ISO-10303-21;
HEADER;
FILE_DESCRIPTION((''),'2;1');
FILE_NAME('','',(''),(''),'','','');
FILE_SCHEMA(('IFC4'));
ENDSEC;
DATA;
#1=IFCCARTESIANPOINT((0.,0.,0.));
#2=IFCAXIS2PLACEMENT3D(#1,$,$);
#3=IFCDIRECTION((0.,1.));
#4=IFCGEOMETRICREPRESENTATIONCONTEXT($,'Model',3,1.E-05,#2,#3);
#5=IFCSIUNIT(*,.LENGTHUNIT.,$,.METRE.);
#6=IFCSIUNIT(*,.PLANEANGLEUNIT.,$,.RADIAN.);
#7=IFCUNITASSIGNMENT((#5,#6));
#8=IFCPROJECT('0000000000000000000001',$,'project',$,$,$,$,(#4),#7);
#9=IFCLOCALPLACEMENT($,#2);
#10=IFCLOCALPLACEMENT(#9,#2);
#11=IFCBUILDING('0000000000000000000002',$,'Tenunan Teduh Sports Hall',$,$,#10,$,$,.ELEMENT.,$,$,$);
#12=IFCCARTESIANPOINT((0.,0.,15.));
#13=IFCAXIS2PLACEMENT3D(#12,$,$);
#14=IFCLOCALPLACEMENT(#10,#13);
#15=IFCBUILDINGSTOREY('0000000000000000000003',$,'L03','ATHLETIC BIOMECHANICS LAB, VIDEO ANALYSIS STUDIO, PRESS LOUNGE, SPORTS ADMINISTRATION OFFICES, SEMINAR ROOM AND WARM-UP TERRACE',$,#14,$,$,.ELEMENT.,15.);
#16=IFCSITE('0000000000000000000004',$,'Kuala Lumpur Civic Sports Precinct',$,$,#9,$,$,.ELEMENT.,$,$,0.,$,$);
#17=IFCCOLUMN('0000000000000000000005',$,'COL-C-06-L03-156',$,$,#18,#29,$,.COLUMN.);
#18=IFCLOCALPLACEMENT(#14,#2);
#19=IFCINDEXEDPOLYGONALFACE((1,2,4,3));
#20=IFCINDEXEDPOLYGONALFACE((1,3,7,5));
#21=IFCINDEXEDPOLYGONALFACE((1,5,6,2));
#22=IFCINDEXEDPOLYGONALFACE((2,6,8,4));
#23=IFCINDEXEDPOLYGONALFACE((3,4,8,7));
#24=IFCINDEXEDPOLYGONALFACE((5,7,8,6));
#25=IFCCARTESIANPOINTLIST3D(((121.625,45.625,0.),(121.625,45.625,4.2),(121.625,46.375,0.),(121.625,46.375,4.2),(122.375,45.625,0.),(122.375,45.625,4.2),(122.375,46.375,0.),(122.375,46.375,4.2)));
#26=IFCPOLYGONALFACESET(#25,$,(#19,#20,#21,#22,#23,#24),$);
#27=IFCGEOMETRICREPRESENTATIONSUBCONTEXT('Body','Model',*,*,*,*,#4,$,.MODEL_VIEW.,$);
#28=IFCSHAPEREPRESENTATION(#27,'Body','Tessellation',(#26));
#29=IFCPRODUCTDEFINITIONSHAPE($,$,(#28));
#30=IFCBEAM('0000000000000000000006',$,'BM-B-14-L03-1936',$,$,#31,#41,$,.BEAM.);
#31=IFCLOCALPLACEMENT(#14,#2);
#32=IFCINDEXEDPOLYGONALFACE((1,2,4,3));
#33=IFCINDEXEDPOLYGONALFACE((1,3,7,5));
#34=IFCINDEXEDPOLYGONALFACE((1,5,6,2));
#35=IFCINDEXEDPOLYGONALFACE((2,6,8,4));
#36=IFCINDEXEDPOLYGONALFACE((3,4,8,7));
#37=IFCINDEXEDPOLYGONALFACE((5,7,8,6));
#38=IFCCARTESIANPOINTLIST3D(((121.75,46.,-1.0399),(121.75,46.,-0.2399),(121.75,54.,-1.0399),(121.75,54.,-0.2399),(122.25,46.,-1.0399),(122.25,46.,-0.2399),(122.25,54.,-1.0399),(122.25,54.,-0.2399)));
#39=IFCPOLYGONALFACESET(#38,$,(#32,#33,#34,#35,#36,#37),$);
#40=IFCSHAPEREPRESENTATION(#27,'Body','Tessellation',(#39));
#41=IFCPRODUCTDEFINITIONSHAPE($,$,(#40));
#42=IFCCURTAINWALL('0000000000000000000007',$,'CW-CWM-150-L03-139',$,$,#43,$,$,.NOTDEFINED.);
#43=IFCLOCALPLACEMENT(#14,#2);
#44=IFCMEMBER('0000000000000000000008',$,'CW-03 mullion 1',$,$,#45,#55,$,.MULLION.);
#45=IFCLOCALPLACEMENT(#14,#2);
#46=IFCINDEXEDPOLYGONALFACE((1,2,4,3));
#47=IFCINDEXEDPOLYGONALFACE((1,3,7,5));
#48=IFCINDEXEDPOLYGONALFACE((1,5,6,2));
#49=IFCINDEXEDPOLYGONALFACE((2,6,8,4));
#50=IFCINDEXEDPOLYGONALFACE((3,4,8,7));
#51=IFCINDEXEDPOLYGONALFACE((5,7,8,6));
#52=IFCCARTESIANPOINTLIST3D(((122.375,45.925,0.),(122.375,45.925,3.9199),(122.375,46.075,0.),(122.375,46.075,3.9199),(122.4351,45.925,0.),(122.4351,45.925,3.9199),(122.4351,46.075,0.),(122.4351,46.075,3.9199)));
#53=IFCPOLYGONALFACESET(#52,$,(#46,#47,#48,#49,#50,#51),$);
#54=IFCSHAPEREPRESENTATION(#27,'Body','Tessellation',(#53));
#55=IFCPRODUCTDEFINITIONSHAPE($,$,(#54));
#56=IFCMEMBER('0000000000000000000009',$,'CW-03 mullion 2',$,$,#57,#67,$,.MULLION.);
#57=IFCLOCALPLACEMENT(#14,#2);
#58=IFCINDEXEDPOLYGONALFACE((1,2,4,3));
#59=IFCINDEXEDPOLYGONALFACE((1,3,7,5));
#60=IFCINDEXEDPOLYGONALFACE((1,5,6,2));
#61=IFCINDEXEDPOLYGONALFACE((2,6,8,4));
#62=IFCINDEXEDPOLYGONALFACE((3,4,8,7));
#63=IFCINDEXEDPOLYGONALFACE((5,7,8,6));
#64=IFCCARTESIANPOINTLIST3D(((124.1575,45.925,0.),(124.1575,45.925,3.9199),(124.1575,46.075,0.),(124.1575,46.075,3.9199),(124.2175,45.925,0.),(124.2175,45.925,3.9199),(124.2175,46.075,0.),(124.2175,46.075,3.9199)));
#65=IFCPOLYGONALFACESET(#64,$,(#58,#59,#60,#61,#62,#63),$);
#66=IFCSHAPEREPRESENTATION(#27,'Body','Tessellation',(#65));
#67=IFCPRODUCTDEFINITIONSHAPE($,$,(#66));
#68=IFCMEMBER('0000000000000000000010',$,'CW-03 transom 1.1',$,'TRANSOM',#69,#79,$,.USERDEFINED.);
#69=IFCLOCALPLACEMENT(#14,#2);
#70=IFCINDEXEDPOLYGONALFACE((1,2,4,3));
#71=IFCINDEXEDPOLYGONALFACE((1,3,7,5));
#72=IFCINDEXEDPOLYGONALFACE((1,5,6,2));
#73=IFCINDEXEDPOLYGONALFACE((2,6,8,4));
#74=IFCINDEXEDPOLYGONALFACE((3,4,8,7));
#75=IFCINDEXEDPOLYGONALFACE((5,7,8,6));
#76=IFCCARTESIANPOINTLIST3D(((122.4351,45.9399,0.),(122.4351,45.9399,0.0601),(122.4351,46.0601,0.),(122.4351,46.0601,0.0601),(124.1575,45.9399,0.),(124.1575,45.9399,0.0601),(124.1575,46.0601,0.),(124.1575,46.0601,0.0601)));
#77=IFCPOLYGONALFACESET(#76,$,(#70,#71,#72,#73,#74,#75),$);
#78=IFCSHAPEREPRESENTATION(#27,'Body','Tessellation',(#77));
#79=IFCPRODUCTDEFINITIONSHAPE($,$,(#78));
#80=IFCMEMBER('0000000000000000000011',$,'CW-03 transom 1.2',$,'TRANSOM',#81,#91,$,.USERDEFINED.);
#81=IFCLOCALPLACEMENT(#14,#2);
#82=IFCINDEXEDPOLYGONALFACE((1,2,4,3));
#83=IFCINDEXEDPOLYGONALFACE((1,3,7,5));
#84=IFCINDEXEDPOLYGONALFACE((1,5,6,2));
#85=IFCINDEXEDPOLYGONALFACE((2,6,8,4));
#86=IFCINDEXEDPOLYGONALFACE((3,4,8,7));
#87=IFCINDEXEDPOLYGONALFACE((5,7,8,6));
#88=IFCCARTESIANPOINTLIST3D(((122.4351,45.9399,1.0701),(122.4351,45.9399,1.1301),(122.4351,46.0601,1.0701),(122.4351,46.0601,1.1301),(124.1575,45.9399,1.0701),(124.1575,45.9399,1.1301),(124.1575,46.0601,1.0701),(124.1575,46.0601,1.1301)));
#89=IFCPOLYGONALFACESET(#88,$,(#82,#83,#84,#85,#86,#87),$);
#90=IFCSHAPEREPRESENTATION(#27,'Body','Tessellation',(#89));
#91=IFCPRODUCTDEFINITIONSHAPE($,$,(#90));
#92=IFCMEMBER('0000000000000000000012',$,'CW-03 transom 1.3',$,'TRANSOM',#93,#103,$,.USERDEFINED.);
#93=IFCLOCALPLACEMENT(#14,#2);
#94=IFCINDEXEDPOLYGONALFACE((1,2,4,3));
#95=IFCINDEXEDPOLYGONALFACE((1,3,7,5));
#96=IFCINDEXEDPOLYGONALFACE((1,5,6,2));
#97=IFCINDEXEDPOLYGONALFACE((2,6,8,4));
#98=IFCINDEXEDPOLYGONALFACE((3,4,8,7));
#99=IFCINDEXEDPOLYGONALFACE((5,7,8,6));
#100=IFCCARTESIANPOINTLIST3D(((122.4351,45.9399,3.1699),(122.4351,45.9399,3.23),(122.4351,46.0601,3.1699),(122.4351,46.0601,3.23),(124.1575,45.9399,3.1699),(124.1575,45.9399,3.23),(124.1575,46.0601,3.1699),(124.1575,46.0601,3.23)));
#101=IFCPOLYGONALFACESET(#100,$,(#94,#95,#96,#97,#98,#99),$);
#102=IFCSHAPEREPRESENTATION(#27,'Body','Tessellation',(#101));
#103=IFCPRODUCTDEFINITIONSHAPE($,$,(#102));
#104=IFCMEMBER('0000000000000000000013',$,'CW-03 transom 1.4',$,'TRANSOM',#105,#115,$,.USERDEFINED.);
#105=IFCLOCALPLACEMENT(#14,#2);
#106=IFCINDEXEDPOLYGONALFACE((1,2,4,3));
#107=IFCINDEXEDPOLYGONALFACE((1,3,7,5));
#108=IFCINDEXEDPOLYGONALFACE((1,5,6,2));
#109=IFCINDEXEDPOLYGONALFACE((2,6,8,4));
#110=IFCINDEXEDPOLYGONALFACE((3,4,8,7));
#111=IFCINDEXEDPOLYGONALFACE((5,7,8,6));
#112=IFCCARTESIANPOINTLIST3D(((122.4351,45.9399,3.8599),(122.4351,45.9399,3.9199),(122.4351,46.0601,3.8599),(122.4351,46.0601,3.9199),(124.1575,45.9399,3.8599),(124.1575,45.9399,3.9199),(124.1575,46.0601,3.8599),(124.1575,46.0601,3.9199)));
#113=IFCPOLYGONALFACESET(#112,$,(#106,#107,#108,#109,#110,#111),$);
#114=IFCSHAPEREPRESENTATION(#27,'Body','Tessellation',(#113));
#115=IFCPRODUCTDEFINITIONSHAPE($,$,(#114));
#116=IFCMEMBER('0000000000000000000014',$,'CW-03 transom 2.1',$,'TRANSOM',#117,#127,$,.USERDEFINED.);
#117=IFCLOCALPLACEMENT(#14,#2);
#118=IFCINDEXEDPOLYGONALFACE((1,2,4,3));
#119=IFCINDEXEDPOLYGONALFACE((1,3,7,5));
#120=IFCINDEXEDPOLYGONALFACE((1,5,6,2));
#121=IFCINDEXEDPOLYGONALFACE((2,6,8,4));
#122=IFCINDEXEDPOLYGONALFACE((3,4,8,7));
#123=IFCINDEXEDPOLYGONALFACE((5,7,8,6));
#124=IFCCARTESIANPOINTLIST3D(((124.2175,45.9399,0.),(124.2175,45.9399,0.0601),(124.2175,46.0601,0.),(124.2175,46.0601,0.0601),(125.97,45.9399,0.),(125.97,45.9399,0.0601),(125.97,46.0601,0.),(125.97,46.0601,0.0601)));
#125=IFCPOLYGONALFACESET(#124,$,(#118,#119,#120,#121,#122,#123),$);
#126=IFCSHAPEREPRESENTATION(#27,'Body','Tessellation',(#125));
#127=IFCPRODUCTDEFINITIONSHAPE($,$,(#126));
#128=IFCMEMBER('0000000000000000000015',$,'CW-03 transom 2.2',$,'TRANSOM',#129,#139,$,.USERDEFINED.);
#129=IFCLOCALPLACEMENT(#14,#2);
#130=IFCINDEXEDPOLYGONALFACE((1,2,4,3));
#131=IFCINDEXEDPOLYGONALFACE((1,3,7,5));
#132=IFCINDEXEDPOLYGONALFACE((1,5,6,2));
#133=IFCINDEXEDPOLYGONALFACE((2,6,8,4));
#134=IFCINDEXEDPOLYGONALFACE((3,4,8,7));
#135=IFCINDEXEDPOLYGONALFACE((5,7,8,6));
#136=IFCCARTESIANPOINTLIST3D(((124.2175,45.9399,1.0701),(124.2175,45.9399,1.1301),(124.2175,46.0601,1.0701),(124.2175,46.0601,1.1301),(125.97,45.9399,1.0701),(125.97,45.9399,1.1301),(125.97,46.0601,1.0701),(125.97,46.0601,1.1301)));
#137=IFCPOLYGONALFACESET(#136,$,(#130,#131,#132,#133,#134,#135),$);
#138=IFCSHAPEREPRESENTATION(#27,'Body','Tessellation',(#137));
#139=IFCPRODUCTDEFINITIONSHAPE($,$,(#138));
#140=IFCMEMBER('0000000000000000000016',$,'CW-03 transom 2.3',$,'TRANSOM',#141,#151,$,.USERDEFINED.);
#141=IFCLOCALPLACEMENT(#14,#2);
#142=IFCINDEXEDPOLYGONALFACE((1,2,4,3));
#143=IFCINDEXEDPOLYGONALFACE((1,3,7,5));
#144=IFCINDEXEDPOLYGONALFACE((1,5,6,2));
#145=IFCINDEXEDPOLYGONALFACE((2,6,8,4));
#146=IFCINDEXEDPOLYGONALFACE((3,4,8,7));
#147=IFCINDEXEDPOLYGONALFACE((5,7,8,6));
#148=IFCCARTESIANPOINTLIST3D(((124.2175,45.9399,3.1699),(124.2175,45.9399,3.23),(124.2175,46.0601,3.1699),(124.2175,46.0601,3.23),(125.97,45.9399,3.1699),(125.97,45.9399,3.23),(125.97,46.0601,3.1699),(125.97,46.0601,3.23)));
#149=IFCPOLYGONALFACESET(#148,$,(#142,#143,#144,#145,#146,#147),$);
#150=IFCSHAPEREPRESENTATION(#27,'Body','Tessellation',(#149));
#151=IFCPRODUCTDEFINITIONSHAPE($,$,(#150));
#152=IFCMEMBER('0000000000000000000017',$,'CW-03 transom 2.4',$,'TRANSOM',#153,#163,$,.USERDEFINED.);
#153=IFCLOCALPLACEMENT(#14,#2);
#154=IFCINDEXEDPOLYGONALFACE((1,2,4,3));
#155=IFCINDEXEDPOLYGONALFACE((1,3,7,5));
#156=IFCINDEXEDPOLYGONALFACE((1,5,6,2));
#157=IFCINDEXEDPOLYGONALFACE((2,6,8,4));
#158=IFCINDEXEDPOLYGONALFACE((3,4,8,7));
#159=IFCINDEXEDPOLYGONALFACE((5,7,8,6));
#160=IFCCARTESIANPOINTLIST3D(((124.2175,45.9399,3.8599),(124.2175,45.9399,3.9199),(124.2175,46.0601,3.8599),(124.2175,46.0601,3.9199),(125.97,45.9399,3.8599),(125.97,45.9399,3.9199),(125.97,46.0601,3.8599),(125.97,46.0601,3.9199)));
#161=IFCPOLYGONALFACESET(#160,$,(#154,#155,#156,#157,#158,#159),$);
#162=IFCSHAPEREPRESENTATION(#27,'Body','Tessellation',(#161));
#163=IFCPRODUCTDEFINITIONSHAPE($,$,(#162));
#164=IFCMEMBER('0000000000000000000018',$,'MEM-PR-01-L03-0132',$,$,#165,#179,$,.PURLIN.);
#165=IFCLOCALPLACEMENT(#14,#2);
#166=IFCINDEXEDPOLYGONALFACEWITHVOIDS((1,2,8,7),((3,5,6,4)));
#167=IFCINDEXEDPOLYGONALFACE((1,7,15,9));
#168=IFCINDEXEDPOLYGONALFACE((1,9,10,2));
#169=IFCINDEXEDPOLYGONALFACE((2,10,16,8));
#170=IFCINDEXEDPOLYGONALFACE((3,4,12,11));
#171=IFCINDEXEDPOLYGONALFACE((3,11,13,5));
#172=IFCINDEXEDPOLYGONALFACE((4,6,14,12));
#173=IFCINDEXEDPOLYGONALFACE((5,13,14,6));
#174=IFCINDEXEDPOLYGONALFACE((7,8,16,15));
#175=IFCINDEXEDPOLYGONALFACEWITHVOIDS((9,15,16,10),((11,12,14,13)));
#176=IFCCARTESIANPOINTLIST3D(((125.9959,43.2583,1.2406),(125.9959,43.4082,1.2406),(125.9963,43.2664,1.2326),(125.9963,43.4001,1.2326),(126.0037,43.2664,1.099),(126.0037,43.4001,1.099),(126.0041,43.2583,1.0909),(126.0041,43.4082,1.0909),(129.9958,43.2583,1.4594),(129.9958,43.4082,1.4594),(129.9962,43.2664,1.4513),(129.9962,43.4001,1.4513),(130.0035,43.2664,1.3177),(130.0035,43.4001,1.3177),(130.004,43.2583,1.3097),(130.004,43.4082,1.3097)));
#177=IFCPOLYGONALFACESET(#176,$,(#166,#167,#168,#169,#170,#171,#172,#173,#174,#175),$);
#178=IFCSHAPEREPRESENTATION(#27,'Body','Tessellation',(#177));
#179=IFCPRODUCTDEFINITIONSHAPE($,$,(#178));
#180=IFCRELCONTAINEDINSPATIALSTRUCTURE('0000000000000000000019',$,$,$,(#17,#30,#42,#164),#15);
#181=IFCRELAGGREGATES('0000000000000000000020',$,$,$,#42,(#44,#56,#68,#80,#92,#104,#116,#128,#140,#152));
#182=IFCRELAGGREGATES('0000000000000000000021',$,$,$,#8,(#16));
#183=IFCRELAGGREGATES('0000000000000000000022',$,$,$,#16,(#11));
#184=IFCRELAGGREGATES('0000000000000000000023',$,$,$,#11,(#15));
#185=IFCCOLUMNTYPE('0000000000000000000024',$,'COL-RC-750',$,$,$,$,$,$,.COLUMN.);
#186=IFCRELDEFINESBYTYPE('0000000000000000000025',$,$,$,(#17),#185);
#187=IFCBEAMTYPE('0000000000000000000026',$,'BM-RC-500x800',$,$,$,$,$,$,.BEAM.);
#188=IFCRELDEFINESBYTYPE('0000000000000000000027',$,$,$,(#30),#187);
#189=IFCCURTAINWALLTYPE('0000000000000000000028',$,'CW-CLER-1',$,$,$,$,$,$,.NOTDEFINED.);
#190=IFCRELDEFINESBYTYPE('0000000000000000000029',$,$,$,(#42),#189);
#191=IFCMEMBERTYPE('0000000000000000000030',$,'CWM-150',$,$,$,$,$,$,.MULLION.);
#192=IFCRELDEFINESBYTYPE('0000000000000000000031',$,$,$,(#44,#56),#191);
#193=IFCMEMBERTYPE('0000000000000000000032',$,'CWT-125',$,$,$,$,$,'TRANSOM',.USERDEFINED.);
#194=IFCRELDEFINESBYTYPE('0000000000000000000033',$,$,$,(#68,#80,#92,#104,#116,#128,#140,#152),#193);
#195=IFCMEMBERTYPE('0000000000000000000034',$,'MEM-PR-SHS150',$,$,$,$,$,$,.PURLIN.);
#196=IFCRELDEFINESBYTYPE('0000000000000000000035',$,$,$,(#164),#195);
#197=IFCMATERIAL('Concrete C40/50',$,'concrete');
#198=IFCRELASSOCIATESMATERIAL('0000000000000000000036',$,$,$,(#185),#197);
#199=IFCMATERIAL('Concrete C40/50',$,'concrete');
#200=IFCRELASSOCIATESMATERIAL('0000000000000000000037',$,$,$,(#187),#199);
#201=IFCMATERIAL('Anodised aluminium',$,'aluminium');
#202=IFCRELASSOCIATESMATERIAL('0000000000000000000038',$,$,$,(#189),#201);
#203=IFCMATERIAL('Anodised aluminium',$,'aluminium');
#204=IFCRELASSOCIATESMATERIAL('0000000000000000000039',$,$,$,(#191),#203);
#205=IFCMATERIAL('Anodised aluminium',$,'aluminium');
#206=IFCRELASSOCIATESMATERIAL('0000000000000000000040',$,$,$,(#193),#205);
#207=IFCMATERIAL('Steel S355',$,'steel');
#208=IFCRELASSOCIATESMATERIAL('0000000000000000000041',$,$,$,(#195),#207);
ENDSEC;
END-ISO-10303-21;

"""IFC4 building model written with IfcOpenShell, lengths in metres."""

from ifc_helpers import new_model, si_unit, direction, frame, origin, origin_2d, place, context, subcontext, project, spatial, rectangle, hollow_rectangle, extrude, material, material_profile, profile_set, type_object, element, aggregate, save


model = new_model("IFC4")

# Units and contexts
model_context = context("Model", 3, precision=1e-05, world=origin(), true_north=direction((0.0, 1.0)))
body_context = subcontext(model_context, "Body", "Model", "MODEL_VIEW")
ifc_project = project(units=[si_unit("LENGTHUNIT", "METRE"), si_unit("PLANEANGLEUNIT", "RADIAN")], contexts=[model_context])

# Site, building, storey
site_placement = place(None, origin())
site = spatial("IfcSite", under=ifc_project, at=site_placement, Name="Kuala Lumpur Civic Sports Precinct", CompositionType="ELEMENT", RefElevation=0.0)
building_placement = place(site_placement, origin())
building = spatial("IfcBuilding", under=site, at=building_placement, Name="Tenunan Teduh Sports Hall", CompositionType="ELEMENT")
storey_placement = place(building_placement, frame((0.0, 0.0, 15.0)))
storey = spatial("IfcBuildingStorey", under=building, at=storey_placement, Name="L03", Description="ATHLETIC BIOMECHANICS LAB, VIDEO ANALYSIS STUDIO, PRESS LOUNGE, SPORTS ADMINISTRATION OFFICES, SEMINAR ROOM AND WARM-UP TERRACE", CompositionType="ELEMENT", Elevation=15.0)

# Column
ifc_material_1 = material(Name="Concrete C40/50", Category="concrete")
ifc_material_profile_1 = material_profile(ifc_material_1, rectangle(XDim=0.75, YDim=0.75, at=origin_2d()), Name="RC 750x750")
ifc_profile_set_1 = profile_set([ifc_material_profile_1], Name="Concrete C40/50")
column_type = type_object("IfcColumnType", Name="COL-RC-750", PredefinedType="COLUMN", material=ifc_profile_set_1)
column_placement = place(storey_placement, frame((122.0, 46.0, 0.0), z_axis=(0.0, 0.0, 1.0), x_axis=(1.0, 0.0, 0.0)))
element("IfcColumn", 1, at=column_placement, inside=storey, type_object=column_type, Name="COL-C-06-L03-156", PredefinedType="COLUMN", context=body_context, shape_type="SweptSolid", body=[
    extrude(rectangle(XDim=0.75, YDim=0.75, at=origin_2d()), origin(), (0.0, 0.0, 1.0), 4.2),
])

# Beam
ifc_material_2 = material(Name="Concrete C40/50", Category="concrete")
ifc_material_profile_2 = material_profile(ifc_material_2, rectangle(XDim=0.5, YDim=0.8, at=origin_2d()), Name="RCB 500x800")
ifc_profile_set_2 = profile_set([ifc_material_profile_2], Name="Concrete C40/50")
beam_type_1 = type_object("IfcBeamType", Name="BM-RC-500x800", PredefinedType="BEAM", material=ifc_profile_set_2)
beam_1_placement = place(storey_placement, frame((122.0, 46.0, -0.6399), z_axis=(0.0, 1.0, 0.0), x_axis=(-1.0, 0.0, 0.0)))
element("IfcBeam", 2, at=beam_1_placement, inside=storey, type_object=beam_type_1, Name="BM-B-14-L03-1936", PredefinedType="BEAM", context=body_context, shape_type="SweptSolid", body=[
    extrude(rectangle(XDim=0.5, YDim=0.8, at=origin_2d()), origin(), (0.0, 0.0, 1.0), 8.0),
])

# Curtain wall, members
ifc_material_3 = material(Name="Anodised aluminium", Category="aluminium")
curtain_wall_type = type_object("IfcCurtainWallType", Name="CW-CLER-1", PredefinedType="NOTDEFINED", material=ifc_material_3)
curtain_wall_placement = place(storey_placement, origin())
curtain_wall = element("IfcCurtainWall", 3, at=curtain_wall_placement, inside=storey, type_object=curtain_wall_type, Name="CW-CWM-150-L03-139", PredefinedType="NOTDEFINED")
ifc_material_4 = material(Name="Anodised aluminium", Category="aluminium")
ifc_material_profile_3 = material_profile(ifc_material_4, rectangle(XDim=0.0601, YDim=0.1499, at=origin_2d()), Name="CWM 60x150")
ifc_profile_set_3 = profile_set([ifc_material_profile_3], Name="Anodised aluminium")
member_type_1 = type_object("IfcMemberType", Name="CWM-150", PredefinedType="MULLION", material=ifc_profile_set_3)
member_1_placement = place(storey_placement, frame((122.405, 46.0, 0.0), z_axis=(0.0, 0.0, 1.0), x_axis=(1.0, 0.0, 0.0)))
member_1 = element("IfcMember", 4, at=member_1_placement, type_object=member_type_1, Name="CW-03 mullion 1", PredefinedType="MULLION", context=body_context, shape_type="SweptSolid", body=[
    extrude(rectangle(XDim=0.0601, YDim=0.1499, at=origin_2d()), origin(), (0.0, 0.0, 1.0), 3.9199),
])
member_2_placement = place(storey_placement, frame((124.1875, 46.0, 0.0), z_axis=(0.0, 0.0, 1.0), x_axis=(1.0, 0.0, 0.0)))
member_2 = element("IfcMember", 5, at=member_2_placement, type_object=member_type_1, Name="CW-03 mullion 2", PredefinedType="MULLION", context=body_context, shape_type="SweptSolid", body=[
    extrude(rectangle(XDim=0.0601, YDim=0.1499, at=origin_2d()), origin(), (0.0, 0.0, 1.0), 3.9199),
])
ifc_material_5 = material(Name="Anodised aluminium", Category="aluminium")
ifc_material_profile_4 = material_profile(ifc_material_5, rectangle(XDim=0.0601, YDim=0.1201, at=origin_2d()), Name="CWT 60x120")
ifc_profile_set_4 = profile_set([ifc_material_profile_4], Name="Anodised aluminium")
member_type_2 = type_object("IfcMemberType", Name="CWT-125", ElementType="TRANSOM", PredefinedType="USERDEFINED", material=ifc_profile_set_4)
member_3_placement = place(storey_placement, frame((122.4351, 46.0, 0.03), z_axis=(1.0, 0.0, 0.0), x_axis=(0.0, 0.0, 1.0)))
member_3 = element("IfcMember", 6, at=member_3_placement, type_object=member_type_2, Name="CW-03 transom 1.1", ObjectType="TRANSOM", PredefinedType="USERDEFINED", context=body_context, shape_type="SweptSolid", body=[
    extrude(rectangle(XDim=0.0601, YDim=0.1201, at=origin_2d()), origin(), (0.0, 0.0, 1.0), 1.7224),
])
member_4_placement = place(storey_placement, frame((122.4351, 46.0, 1.1001), z_axis=(1.0, 0.0, 0.0), x_axis=(0.0, 0.0, 1.0)))
member_4 = element("IfcMember", 7, at=member_4_placement, type_object=member_type_2, Name="CW-03 transom 1.2", ObjectType="TRANSOM", PredefinedType="USERDEFINED", context=body_context, shape_type="SweptSolid", body=[
    extrude(rectangle(XDim=0.0601, YDim=0.1201, at=origin_2d()), origin(), (0.0, 0.0, 1.0), 1.7224),
])
member_5_placement = place(storey_placement, frame((122.4351, 46.0, 3.2), z_axis=(1.0, 0.0, 0.0), x_axis=(0.0, 0.0, 1.0)))
member_5 = element("IfcMember", 8, at=member_5_placement, type_object=member_type_2, Name="CW-03 transom 1.3", ObjectType="TRANSOM", PredefinedType="USERDEFINED", context=body_context, shape_type="SweptSolid", body=[
    extrude(rectangle(XDim=0.0601, YDim=0.1201, at=origin_2d()), origin(), (0.0, 0.0, 1.0), 1.7224),
])
member_6_placement = place(storey_placement, frame((122.4351, 46.0, 3.8899), z_axis=(1.0, 0.0, 0.0), x_axis=(0.0, 0.0, 1.0)))
member_6 = element("IfcMember", 9, at=member_6_placement, type_object=member_type_2, Name="CW-03 transom 1.4", ObjectType="TRANSOM", PredefinedType="USERDEFINED", context=body_context, shape_type="SweptSolid", body=[
    extrude(rectangle(XDim=0.0601, YDim=0.1201, at=origin_2d()), origin(), (0.0, 0.0, 1.0), 1.7224),
])
member_7_placement = place(storey_placement, frame((124.2175, 46.0, 0.03), z_axis=(1.0, 0.0, 0.0), x_axis=(0.0, 0.0, 1.0)))
member_7 = element("IfcMember", 10, at=member_7_placement, type_object=member_type_2, Name="CW-03 transom 2.1", ObjectType="TRANSOM", PredefinedType="USERDEFINED", context=body_context, shape_type="SweptSolid", body=[
    extrude(rectangle(XDim=0.0601, YDim=0.1201, at=origin_2d()), origin(), (0.0, 0.0, 1.0), 1.7524),
])
member_8_placement = place(storey_placement, frame((124.2175, 46.0, 1.1001), z_axis=(1.0, 0.0, 0.0), x_axis=(0.0, 0.0, 1.0)))
member_8 = element("IfcMember", 11, at=member_8_placement, type_object=member_type_2, Name="CW-03 transom 2.2", ObjectType="TRANSOM", PredefinedType="USERDEFINED", context=body_context, shape_type="SweptSolid", body=[
    extrude(rectangle(XDim=0.0601, YDim=0.1201, at=origin_2d()), origin(), (0.0, 0.0, 1.0), 1.7524),
])
member_9_placement = place(storey_placement, frame((124.2175, 46.0, 3.2), z_axis=(1.0, 0.0, 0.0), x_axis=(0.0, 0.0, 1.0)))
member_9 = element("IfcMember", 12, at=member_9_placement, type_object=member_type_2, Name="CW-03 transom 2.3", ObjectType="TRANSOM", PredefinedType="USERDEFINED", context=body_context, shape_type="SweptSolid", body=[
    extrude(rectangle(XDim=0.0601, YDim=0.1201, at=origin_2d()), origin(), (0.0, 0.0, 1.0), 1.7524),
])
member_10_placement = place(storey_placement, frame((124.2175, 46.0, 3.8899), z_axis=(1.0, 0.0, 0.0), x_axis=(0.0, 0.0, 1.0)))
member_10 = element("IfcMember", 13, at=member_10_placement, type_object=member_type_2, Name="CW-03 transom 2.4", ObjectType="TRANSOM", PredefinedType="USERDEFINED", context=body_context, shape_type="SweptSolid", body=[
    extrude(rectangle(XDim=0.0601, YDim=0.1201, at=origin_2d()), origin(), (0.0, 0.0, 1.0), 1.7524),
])

# Member
ifc_material_6 = material(Name="Steel S355", Category="steel")
ifc_material_profile_5 = material_profile(ifc_material_6, hollow_rectangle(XDim=0.1499, YDim=0.1499, WallThickness=0.0081, at=origin_2d()), Name="SHS 150x150x8.0")
ifc_profile_set_5 = profile_set([ifc_material_profile_5], Name="Steel S355")
member_type_3 = type_object("IfcMemberType", Name="MEM-PR-SHS150", PredefinedType="PURLIN", material=ifc_profile_set_5)
member_11_placement = place(storey_placement, frame((126.0, 43.3333, 1.1658), z_axis=(0.998508, 0.0, 0.054606), x_axis=(0.0, 1.0, 0.0)))
element("IfcMember", 14, at=member_11_placement, inside=storey, type_object=member_type_3, Name="MEM-PR-01-L03-0132", PredefinedType="PURLIN", context=body_context, shape_type="SweptSolid", body=[
    extrude(hollow_rectangle(XDim=0.1499, YDim=0.1499, WallThickness=0.0081, at=origin_2d()), origin(), (0.0, 0.0, 1.0), 4.0059),
])

aggregate(curtain_wall, [member_1, member_2, member_3, member_4, member_5, member_6, member_7, member_8, member_9, member_10])

save(model, "model.ifc")
